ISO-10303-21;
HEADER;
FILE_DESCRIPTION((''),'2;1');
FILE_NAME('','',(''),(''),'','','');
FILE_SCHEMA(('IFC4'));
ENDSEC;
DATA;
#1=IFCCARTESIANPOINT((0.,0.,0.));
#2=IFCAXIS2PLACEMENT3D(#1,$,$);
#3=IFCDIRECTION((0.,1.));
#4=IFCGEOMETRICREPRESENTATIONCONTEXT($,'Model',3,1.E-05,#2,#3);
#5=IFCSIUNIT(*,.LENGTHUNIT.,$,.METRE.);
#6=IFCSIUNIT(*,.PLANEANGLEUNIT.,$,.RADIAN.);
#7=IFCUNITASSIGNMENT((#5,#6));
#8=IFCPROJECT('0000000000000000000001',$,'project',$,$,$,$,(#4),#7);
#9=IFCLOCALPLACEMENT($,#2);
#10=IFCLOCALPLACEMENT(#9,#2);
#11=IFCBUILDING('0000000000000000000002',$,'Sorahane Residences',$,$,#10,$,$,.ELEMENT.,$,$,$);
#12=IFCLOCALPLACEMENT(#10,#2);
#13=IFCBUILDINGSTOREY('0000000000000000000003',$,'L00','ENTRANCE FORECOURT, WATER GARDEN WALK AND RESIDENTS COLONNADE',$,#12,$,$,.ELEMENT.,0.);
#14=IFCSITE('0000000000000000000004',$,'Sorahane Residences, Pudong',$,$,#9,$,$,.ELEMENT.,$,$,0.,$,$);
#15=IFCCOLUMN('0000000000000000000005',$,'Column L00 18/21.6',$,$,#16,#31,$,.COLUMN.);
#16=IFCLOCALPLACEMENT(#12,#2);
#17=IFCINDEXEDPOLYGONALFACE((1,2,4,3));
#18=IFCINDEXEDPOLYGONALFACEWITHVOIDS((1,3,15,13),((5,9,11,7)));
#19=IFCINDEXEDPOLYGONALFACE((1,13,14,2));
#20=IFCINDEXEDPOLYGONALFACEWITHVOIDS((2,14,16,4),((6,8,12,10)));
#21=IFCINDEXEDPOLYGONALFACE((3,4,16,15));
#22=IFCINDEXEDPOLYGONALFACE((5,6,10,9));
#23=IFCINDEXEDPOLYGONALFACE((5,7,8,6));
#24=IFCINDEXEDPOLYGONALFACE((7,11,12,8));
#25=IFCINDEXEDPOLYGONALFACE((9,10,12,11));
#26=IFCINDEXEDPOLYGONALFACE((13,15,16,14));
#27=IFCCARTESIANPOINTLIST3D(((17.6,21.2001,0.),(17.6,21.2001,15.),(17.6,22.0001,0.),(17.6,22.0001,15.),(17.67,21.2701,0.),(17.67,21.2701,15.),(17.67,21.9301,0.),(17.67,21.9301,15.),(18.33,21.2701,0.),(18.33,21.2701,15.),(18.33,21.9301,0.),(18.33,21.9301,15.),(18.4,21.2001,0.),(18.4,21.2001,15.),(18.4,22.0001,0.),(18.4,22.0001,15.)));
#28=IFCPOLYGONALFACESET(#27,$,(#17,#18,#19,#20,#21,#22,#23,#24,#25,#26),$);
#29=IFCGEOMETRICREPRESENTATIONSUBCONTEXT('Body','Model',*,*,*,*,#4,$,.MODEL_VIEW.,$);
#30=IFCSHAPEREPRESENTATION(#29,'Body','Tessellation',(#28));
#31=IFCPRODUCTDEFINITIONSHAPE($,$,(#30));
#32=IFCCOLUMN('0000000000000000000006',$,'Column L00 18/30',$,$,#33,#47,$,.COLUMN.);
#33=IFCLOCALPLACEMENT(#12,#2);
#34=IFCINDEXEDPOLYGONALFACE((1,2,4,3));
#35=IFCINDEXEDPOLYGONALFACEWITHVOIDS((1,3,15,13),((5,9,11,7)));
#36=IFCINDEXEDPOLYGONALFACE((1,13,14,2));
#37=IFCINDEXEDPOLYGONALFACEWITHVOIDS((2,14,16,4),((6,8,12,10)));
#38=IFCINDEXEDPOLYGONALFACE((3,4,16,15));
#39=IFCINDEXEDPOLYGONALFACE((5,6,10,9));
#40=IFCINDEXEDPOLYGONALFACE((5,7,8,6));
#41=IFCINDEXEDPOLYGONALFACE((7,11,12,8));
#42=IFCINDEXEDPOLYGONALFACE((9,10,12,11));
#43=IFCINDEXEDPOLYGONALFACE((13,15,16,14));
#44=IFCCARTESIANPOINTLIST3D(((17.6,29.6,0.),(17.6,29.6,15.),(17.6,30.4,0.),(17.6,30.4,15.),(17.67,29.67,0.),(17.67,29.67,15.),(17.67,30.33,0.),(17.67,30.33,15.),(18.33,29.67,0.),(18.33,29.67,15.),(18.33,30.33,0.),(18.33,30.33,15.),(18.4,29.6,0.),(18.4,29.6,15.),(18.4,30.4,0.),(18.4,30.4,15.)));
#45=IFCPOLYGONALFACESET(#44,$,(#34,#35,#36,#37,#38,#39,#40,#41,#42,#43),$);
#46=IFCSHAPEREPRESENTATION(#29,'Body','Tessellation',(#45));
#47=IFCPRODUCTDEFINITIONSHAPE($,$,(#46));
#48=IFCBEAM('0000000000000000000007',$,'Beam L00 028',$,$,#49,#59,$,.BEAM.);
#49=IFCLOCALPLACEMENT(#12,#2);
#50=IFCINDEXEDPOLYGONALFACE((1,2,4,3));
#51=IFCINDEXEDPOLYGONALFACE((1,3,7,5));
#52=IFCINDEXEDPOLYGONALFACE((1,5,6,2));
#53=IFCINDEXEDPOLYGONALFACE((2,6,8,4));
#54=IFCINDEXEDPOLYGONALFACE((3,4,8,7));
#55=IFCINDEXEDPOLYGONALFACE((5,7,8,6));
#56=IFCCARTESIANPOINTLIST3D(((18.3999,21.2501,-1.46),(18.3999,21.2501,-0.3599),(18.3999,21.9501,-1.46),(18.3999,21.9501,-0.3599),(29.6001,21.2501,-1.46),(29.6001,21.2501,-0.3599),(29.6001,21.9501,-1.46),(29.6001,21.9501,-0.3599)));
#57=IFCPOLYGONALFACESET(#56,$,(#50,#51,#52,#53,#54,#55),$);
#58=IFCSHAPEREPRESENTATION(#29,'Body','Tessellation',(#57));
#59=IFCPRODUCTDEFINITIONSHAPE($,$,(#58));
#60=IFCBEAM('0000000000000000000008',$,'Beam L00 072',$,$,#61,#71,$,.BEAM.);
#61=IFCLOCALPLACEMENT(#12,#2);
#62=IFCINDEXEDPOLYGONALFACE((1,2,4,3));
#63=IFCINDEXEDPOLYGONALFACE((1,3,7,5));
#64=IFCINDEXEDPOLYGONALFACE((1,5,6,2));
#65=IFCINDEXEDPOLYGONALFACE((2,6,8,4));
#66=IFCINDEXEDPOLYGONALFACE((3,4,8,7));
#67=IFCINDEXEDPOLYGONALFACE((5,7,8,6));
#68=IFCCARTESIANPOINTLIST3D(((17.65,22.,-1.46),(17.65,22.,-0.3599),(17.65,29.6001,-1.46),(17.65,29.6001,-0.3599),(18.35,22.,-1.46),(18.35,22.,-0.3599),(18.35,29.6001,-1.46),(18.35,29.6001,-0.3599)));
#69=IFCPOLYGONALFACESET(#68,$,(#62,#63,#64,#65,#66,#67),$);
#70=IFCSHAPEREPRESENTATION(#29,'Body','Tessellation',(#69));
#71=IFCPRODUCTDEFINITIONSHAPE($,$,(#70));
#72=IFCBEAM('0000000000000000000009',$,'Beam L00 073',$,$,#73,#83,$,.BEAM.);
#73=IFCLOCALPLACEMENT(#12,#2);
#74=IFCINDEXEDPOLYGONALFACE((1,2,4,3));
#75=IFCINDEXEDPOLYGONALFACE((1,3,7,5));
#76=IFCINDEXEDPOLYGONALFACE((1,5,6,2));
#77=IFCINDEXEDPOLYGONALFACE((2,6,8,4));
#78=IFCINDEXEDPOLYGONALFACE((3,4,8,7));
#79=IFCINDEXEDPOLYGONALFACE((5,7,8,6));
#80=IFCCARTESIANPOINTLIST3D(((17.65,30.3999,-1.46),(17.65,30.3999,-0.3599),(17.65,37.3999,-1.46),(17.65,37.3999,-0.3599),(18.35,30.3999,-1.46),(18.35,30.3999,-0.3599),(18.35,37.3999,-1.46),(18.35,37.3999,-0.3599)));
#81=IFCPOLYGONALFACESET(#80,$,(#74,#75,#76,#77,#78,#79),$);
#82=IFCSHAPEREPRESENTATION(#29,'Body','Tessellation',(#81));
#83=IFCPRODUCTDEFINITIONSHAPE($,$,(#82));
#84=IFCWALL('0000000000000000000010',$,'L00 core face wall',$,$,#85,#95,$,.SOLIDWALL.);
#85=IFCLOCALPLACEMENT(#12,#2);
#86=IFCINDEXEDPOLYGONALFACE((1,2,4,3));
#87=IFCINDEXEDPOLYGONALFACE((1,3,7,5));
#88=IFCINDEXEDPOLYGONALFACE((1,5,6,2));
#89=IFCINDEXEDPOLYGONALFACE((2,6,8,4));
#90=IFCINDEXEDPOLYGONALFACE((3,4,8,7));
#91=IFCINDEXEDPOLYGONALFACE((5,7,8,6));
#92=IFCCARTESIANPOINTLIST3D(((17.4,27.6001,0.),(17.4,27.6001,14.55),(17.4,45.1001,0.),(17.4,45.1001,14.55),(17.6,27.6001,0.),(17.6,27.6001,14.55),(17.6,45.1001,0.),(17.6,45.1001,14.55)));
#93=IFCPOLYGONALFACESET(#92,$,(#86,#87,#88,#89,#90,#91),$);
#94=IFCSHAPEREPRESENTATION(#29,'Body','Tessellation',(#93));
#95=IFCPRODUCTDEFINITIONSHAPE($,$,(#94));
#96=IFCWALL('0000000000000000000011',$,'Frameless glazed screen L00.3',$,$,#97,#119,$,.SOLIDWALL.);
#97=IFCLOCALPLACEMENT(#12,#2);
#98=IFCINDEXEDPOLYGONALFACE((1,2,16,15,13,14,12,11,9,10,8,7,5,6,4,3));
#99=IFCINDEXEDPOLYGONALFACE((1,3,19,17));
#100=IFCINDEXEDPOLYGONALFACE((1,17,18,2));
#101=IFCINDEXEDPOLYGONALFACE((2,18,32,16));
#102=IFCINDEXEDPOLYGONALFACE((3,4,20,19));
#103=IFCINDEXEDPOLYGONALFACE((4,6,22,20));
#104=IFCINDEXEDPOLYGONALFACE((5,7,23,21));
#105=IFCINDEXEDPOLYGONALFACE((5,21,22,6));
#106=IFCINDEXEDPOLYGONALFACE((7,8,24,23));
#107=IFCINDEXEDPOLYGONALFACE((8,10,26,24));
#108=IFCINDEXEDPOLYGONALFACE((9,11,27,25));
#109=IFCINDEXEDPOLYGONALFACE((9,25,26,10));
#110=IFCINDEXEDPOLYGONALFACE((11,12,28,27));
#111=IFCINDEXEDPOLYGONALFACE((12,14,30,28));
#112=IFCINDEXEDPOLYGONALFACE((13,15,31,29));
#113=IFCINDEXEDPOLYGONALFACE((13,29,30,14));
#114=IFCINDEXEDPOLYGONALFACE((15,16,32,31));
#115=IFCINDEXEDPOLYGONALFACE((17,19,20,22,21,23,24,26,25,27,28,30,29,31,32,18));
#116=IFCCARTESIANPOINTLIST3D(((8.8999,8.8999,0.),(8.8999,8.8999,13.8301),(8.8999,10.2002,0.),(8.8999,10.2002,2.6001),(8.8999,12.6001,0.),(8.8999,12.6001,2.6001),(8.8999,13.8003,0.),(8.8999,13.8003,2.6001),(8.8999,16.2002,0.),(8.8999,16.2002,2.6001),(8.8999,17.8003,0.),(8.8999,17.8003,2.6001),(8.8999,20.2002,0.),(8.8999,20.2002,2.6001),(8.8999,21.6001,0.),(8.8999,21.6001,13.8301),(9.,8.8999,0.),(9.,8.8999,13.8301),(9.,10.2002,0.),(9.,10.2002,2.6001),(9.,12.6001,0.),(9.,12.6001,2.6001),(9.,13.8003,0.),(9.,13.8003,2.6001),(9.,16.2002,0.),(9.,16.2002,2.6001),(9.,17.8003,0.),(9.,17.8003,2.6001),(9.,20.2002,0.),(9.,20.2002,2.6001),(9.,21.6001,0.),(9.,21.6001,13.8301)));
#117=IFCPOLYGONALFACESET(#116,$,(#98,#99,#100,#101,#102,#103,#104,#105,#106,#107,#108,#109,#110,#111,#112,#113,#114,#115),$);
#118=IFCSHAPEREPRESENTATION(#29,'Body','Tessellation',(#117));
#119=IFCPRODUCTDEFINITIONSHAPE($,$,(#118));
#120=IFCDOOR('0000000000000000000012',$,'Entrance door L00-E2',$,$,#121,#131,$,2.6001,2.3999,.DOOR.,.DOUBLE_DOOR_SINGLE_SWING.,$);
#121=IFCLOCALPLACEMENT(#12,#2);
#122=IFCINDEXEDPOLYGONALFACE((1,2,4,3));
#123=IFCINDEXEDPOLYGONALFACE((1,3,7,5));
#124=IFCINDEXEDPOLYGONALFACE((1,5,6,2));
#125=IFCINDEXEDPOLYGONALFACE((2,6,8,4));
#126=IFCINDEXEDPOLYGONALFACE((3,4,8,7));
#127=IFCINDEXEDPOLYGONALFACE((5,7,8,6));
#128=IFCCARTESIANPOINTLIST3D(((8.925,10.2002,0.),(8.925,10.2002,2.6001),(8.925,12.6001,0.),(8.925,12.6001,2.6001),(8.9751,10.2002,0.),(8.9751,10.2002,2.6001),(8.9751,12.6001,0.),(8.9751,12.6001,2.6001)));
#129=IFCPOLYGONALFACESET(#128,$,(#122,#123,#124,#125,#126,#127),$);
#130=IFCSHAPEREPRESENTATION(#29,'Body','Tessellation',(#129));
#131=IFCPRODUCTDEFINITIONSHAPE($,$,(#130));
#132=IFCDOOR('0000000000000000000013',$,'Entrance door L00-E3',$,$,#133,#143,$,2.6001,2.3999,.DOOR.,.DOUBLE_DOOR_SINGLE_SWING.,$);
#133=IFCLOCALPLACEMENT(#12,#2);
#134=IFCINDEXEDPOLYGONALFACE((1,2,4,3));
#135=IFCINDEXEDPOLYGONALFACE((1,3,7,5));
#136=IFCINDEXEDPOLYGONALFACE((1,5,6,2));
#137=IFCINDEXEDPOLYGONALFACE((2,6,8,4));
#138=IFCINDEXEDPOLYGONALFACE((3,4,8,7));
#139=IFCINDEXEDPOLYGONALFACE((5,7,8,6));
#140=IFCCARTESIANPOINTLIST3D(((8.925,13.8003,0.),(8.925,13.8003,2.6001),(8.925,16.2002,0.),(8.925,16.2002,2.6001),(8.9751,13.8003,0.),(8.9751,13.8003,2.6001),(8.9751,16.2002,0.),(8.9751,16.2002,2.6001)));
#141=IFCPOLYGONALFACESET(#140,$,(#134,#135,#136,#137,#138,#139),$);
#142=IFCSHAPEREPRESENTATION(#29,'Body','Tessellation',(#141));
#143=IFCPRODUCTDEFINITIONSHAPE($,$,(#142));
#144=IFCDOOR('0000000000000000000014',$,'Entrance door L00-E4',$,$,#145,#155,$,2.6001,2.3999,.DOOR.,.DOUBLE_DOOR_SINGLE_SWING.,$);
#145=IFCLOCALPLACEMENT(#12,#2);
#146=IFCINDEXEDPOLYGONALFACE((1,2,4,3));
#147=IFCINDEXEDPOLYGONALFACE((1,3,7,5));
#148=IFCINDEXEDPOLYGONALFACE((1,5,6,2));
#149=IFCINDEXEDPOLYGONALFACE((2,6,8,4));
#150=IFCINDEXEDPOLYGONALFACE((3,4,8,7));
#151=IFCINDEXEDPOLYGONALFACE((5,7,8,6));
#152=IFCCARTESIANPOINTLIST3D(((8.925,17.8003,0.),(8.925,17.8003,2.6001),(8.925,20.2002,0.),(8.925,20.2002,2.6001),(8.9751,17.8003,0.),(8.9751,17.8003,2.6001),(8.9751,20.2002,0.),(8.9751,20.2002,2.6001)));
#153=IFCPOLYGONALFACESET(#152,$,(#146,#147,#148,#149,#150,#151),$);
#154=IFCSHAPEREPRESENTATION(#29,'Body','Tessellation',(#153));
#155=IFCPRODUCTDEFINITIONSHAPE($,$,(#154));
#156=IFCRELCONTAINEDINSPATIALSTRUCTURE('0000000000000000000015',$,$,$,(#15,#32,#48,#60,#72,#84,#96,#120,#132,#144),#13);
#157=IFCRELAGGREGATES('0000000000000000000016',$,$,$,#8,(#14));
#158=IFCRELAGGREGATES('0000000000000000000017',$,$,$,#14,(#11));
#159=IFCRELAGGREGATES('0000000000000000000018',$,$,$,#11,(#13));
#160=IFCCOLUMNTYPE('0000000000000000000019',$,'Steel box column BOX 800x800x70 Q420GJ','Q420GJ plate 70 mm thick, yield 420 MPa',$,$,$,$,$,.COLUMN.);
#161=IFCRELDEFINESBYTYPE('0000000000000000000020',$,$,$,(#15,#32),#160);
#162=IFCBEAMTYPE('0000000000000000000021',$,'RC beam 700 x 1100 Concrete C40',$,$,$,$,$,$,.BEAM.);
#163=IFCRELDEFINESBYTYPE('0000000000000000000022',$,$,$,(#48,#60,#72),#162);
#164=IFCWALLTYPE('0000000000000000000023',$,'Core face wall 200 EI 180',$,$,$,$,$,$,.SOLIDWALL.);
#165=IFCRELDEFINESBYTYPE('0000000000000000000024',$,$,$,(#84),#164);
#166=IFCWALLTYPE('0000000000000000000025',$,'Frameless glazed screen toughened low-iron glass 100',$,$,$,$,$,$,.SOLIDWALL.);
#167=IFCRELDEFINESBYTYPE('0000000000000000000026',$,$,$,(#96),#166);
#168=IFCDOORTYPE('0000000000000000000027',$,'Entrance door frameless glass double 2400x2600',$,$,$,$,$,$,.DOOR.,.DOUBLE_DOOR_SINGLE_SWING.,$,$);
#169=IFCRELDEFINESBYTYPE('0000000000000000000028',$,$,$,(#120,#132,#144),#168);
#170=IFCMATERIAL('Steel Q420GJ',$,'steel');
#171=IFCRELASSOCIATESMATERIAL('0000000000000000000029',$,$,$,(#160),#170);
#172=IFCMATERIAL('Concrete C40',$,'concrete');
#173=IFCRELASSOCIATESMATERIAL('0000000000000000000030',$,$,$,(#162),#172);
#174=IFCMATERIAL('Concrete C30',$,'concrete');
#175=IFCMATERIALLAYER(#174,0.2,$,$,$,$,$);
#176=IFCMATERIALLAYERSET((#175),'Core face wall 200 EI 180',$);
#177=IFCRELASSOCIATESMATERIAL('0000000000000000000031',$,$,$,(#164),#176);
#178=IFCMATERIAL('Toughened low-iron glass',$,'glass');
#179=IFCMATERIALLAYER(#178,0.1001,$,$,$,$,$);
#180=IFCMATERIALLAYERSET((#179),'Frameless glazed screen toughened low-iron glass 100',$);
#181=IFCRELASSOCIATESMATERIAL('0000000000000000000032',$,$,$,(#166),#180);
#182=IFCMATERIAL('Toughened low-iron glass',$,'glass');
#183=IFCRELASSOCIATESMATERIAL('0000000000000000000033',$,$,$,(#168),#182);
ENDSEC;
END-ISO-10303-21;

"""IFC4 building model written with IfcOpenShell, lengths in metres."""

from ifc_helpers import new_model, si_unit, direction, frame, frame_2d, origin, origin_2d, place, context, subcontext, project, spatial, rectangle, hollow_rectangle, extrude, material, layer, layer_set, material_profile, profile_set, type_object, element, fill, save


model = new_model("IFC4")

# Units and contexts
model_context = context("Model", 3, precision=1e-05, world=origin(), true_north=direction((0.0, 1.0)))
body_context = subcontext(model_context, "Body", "Model", "MODEL_VIEW")
ifc_project = project(units=[si_unit("LENGTHUNIT", "METRE"), si_unit("PLANEANGLEUNIT", "RADIAN")], contexts=[model_context])

# Site, building, storey
site_placement = place(None, origin())
site = spatial("IfcSite", under=ifc_project, at=site_placement, Name="Sorahane Residences, Pudong", CompositionType="ELEMENT", RefElevation=0.0)
building_placement = place(site_placement, origin())
building = spatial("IfcBuilding", under=site, at=building_placement, Name="Sorahane Residences", CompositionType="ELEMENT")
storey_placement = place(building_placement, origin())
storey = spatial("IfcBuildingStorey", under=building, at=storey_placement, Name="L00", Description="ENTRANCE FORECOURT, WATER GARDEN WALK AND RESIDENTS COLONNADE", CompositionType="ELEMENT", Elevation=0.0)

# Columns
ifc_material_1 = material(Name="Steel Q420GJ", Category="steel")
ifc_material_profile_1 = material_profile(ifc_material_1, hollow_rectangle(XDim=0.8, YDim=0.8, WallThickness=0.0701, at=origin_2d()), Name="BOX 800x800x70")
ifc_profile_set_1 = profile_set([ifc_material_profile_1], Name="Steel Q420GJ")
column_type = type_object("IfcColumnType", Name="Steel box column BOX 800x800x70 Q420GJ", Description="Q420GJ plate 70 mm thick, yield 420 MPa", PredefinedType="COLUMN", material=ifc_profile_set_1)
for number, where, z_axis, x_axis, name in (
    (1, (18.0, 21.6001, 0.0), (0.0, 0.0, 1.0), (1.0, 0.0, 0.0), "Column L00 18/21.6"),
    (2, (18.0, 30.0, 0.0), (0.0, 0.0, 1.0), (1.0, 0.0, 0.0), "Column L00 18/30"),
):
    element("IfcColumn", number, at=place(storey_placement, frame(where, z_axis=z_axis, x_axis=x_axis)), inside=storey, type_object=column_type, Name=name, PredefinedType="COLUMN", context=body_context, shape_type="SweptSolid", body=[
        extrude(hollow_rectangle(XDim=0.8, YDim=0.8, WallThickness=0.0701, at=origin_2d()), origin(), (0.0, 0.0, 1.0), 15.0),
    ])

# Beams
ifc_material_2 = material(Name="Concrete C40", Category="concrete")
ifc_material_profile_2 = material_profile(ifc_material_2, rectangle(XDim=0.7, YDim=1.1001, at=origin_2d()), Name="700x1100")
ifc_profile_set_2 = profile_set([ifc_material_profile_2], Name="Concrete C40")
beam_type = type_object("IfcBeamType", Name="RC beam 700 x 1100 Concrete C40", PredefinedType="BEAM", material=ifc_profile_set_2)
beam_1_placement = place(storey_placement, frame((18.3999, 21.6001, -0.9099), z_axis=(1.0, 0.0, 0.0), x_axis=(0.0, 1.0, 0.0)))
element("IfcBeam", 3, at=beam_1_placement, inside=storey, type_object=beam_type, Name="Beam L00 028", PredefinedType="BEAM", context=body_context, shape_type="SweptSolid", body=[
    extrude(rectangle(XDim=0.7, YDim=1.1001, at=origin_2d()), origin(), (0.0, 0.0, 1.0), 11.2002),
])
beam_2_placement = place(storey_placement, frame((18.0, 22.0, -0.9099), z_axis=(0.0, 1.0, 0.0), x_axis=(-1.0, 0.0, 0.0)))
element("IfcBeam", 4, at=beam_2_placement, inside=storey, type_object=beam_type, Name="Beam L00 072", PredefinedType="BEAM", context=body_context, shape_type="SweptSolid", body=[
    extrude(rectangle(XDim=0.7, YDim=1.1001, at=origin_2d()), origin(), (0.0, 0.0, 1.0), 7.6001),
])
beam_3_placement = place(storey_placement, frame((18.0, 30.3999, -0.9099), z_axis=(0.0, 1.0, 0.0), x_axis=(-1.0, 0.0, 0.0)))
element("IfcBeam", 5, at=beam_3_placement, inside=storey, type_object=beam_type, Name="Beam L00 073", PredefinedType="BEAM", context=body_context, shape_type="SweptSolid", body=[
    extrude(rectangle(XDim=0.7, YDim=1.1001, at=origin_2d()), origin(), (0.0, 0.0, 1.0), 7.0),
])

# Wall
ifc_material_3 = material(Name="Concrete C30", Category="concrete")
ifc_layer_1 = layer(ifc_material_3, 0.2)
ifc_layer_set_1 = layer_set([ifc_layer_1], Name="Core face wall 200 EI 180")
wall_type_1 = type_object("IfcWallType", Name="Core face wall 200 EI 180", PredefinedType="SOLIDWALL", material=ifc_layer_set_1)
wall_1_placement = place(storey_placement, frame((17.5, 27.6001, 0.0), z_axis=(0.0, 0.0, 1.0), x_axis=(0.0, 1.0, 0.0)))
element("IfcWall", 6, at=wall_1_placement, inside=storey, type_object=wall_type_1, Name="L00 core face wall", PredefinedType="SOLIDWALL", context=body_context, shape_type="SweptSolid", body=[
    extrude(rectangle(XDim=17.5, YDim=0.2, at=frame_2d((8.75, 0.0))), origin(), (0.0, 0.0, 1.0), 14.55),
])

# Wall, openings, doors
ifc_material_4 = material(Name="Toughened low-iron glass", Category="glass")
ifc_layer_2 = layer(ifc_material_4, 0.1001)
ifc_layer_set_2 = layer_set([ifc_layer_2], Name="Frameless glazed screen toughened low-iron glass 100")
wall_type_2 = type_object("IfcWallType", Name="Frameless glazed screen toughened low-iron glass 100", PredefinedType="SOLIDWALL", material=ifc_layer_set_2)
wall_2_placement = place(storey_placement, frame((8.95, 21.6001, 0.0), z_axis=(0.0, 0.0, 1.0), x_axis=(0.0, -1.0, 0.0)))
wall_2 = element("IfcWall", 7, at=wall_2_placement, inside=storey, type_object=wall_type_2, Name="Frameless glazed screen L00.3", PredefinedType="SOLIDWALL", context=body_context, shape_type="SweptSolid", body=[
    extrude(rectangle(XDim=12.7002, YDim=0.1001, at=frame_2d((6.3501, 0.0))), origin(), (0.0, 0.0, 1.0), 13.8301),
])
opening_1_placement = place(wall_2_placement, frame((9.0, 0.0, 0.0)))
opening_1 = element("IfcOpeningElement", 8, at=opening_1_placement, cuts=wall_2, PredefinedType="OPENING", context=body_context, shape_type="SweptSolid", body=[
    extrude(rectangle(XDim=2.3999, YDim=2.6001, at=frame_2d((1.2, 1.3))), frame((0.0, 0.0601, 0.0), z_axis=(0.0, -1.0, 0.0), x_axis=(1.0, 0.0, 0.0)), (0.0, 0.0, 1.0), 0.1201),
])
opening_2_placement = place(wall_2_placement, frame((5.3999, 0.0, 0.0)))
opening_2 = element("IfcOpeningElement", 9, at=opening_2_placement, cuts=wall_2, PredefinedType="OPENING", context=body_context, shape_type="SweptSolid", body=[
    extrude(rectangle(XDim=2.3999, YDim=2.6001, at=frame_2d((1.2, 1.3))), frame((0.0, 0.0601, 0.0), z_axis=(0.0, -1.0, 0.0), x_axis=(1.0, 0.0, 0.0)), (0.0, 0.0, 1.0), 0.1201),
])
opening_3_placement = place(wall_2_placement, frame((1.3999, 0.0, 0.0)))
opening_3 = element("IfcOpeningElement", 10, at=opening_3_placement, cuts=wall_2, PredefinedType="OPENING", context=body_context, shape_type="SweptSolid", body=[
    extrude(rectangle(XDim=2.3999, YDim=2.6001, at=frame_2d((1.2, 1.3))), frame((0.0, 0.0601, 0.0), z_axis=(0.0, -1.0, 0.0), x_axis=(1.0, 0.0, 0.0)), (0.0, 0.0, 1.0), 0.1201),
])
ifc_material_5 = material(Name="Toughened low-iron glass", Category="glass")
door_type_1 = type_object("IfcDoorType", Name="Entrance door frameless glass double 2400x2600", OperationType="DOUBLE_DOOR_SINGLE_SWING", PredefinedType="DOOR", material=ifc_material_5)
door_1_placement = place(opening_1_placement, frame((2.3999, 0.0, 0.0), z_axis=(0.0, 0.0, 1.0), x_axis=(-1.0, 0.0, 0.0)))
door_1 = element("IfcDoor", 11, at=door_1_placement, inside=storey, type_object=door_type_1, Name="Entrance door L00-E2", OperationType="DOUBLE_DOOR_SINGLE_SWING", OverallHeight=2.6001, OverallWidth=2.3999, PredefinedType="DOOR", context=body_context, shape_type="SweptSolid", body=[
    extrude(rectangle(XDim=2.3999, YDim=2.6001, at=frame_2d((1.2, 1.3))), frame((0.0, 0.0249, 0.0), z_axis=(0.0, -1.0, 0.0), x_axis=(1.0, 0.0, 0.0)), (0.0, 0.0, 1.0), 0.05),
])
fill(opening_1, door_1)
door_2_placement = place(opening_2_placement, frame((2.3999, 0.0, 0.0), z_axis=(0.0, 0.0, 1.0), x_axis=(-1.0, 0.0, 0.0)))
door_2 = element("IfcDoor", 12, at=door_2_placement, inside=storey, type_object=door_type_1, Name="Entrance door L00-E3", OperationType="DOUBLE_DOOR_SINGLE_SWING", OverallHeight=2.6001, OverallWidth=2.3999, PredefinedType="DOOR", context=body_context, shape_type="SweptSolid", body=[
    extrude(rectangle(XDim=2.3999, YDim=2.6001, at=frame_2d((1.2, 1.3))), frame((0.0, 0.0249, 0.0), z_axis=(0.0, -1.0, 0.0), x_axis=(1.0, 0.0, 0.0)), (0.0, 0.0, 1.0), 0.05),
])
fill(opening_2, door_2)
door_3_placement = place(opening_3_placement, frame((2.3999, 0.0, 0.0), z_axis=(0.0, 0.0, 1.0), x_axis=(-1.0, 0.0, 0.0)))
door_3 = element("IfcDoor", 13, at=door_3_placement, inside=storey, type_object=door_type_1, Name="Entrance door L00-E4", OperationType="DOUBLE_DOOR_SINGLE_SWING", OverallHeight=2.6001, OverallWidth=2.3999, PredefinedType="DOOR", context=body_context, shape_type="SweptSolid", body=[
    extrude(rectangle(XDim=2.3999, YDim=2.6001, at=frame_2d((1.2, 1.3))), frame((0.0, 0.0249, 0.0), z_axis=(0.0, -1.0, 0.0), x_axis=(1.0, 0.0, 0.0)), (0.0, 0.0, 1.0), 0.05),
])
fill(opening_3, door_3)

save(model, "model.ifc")
